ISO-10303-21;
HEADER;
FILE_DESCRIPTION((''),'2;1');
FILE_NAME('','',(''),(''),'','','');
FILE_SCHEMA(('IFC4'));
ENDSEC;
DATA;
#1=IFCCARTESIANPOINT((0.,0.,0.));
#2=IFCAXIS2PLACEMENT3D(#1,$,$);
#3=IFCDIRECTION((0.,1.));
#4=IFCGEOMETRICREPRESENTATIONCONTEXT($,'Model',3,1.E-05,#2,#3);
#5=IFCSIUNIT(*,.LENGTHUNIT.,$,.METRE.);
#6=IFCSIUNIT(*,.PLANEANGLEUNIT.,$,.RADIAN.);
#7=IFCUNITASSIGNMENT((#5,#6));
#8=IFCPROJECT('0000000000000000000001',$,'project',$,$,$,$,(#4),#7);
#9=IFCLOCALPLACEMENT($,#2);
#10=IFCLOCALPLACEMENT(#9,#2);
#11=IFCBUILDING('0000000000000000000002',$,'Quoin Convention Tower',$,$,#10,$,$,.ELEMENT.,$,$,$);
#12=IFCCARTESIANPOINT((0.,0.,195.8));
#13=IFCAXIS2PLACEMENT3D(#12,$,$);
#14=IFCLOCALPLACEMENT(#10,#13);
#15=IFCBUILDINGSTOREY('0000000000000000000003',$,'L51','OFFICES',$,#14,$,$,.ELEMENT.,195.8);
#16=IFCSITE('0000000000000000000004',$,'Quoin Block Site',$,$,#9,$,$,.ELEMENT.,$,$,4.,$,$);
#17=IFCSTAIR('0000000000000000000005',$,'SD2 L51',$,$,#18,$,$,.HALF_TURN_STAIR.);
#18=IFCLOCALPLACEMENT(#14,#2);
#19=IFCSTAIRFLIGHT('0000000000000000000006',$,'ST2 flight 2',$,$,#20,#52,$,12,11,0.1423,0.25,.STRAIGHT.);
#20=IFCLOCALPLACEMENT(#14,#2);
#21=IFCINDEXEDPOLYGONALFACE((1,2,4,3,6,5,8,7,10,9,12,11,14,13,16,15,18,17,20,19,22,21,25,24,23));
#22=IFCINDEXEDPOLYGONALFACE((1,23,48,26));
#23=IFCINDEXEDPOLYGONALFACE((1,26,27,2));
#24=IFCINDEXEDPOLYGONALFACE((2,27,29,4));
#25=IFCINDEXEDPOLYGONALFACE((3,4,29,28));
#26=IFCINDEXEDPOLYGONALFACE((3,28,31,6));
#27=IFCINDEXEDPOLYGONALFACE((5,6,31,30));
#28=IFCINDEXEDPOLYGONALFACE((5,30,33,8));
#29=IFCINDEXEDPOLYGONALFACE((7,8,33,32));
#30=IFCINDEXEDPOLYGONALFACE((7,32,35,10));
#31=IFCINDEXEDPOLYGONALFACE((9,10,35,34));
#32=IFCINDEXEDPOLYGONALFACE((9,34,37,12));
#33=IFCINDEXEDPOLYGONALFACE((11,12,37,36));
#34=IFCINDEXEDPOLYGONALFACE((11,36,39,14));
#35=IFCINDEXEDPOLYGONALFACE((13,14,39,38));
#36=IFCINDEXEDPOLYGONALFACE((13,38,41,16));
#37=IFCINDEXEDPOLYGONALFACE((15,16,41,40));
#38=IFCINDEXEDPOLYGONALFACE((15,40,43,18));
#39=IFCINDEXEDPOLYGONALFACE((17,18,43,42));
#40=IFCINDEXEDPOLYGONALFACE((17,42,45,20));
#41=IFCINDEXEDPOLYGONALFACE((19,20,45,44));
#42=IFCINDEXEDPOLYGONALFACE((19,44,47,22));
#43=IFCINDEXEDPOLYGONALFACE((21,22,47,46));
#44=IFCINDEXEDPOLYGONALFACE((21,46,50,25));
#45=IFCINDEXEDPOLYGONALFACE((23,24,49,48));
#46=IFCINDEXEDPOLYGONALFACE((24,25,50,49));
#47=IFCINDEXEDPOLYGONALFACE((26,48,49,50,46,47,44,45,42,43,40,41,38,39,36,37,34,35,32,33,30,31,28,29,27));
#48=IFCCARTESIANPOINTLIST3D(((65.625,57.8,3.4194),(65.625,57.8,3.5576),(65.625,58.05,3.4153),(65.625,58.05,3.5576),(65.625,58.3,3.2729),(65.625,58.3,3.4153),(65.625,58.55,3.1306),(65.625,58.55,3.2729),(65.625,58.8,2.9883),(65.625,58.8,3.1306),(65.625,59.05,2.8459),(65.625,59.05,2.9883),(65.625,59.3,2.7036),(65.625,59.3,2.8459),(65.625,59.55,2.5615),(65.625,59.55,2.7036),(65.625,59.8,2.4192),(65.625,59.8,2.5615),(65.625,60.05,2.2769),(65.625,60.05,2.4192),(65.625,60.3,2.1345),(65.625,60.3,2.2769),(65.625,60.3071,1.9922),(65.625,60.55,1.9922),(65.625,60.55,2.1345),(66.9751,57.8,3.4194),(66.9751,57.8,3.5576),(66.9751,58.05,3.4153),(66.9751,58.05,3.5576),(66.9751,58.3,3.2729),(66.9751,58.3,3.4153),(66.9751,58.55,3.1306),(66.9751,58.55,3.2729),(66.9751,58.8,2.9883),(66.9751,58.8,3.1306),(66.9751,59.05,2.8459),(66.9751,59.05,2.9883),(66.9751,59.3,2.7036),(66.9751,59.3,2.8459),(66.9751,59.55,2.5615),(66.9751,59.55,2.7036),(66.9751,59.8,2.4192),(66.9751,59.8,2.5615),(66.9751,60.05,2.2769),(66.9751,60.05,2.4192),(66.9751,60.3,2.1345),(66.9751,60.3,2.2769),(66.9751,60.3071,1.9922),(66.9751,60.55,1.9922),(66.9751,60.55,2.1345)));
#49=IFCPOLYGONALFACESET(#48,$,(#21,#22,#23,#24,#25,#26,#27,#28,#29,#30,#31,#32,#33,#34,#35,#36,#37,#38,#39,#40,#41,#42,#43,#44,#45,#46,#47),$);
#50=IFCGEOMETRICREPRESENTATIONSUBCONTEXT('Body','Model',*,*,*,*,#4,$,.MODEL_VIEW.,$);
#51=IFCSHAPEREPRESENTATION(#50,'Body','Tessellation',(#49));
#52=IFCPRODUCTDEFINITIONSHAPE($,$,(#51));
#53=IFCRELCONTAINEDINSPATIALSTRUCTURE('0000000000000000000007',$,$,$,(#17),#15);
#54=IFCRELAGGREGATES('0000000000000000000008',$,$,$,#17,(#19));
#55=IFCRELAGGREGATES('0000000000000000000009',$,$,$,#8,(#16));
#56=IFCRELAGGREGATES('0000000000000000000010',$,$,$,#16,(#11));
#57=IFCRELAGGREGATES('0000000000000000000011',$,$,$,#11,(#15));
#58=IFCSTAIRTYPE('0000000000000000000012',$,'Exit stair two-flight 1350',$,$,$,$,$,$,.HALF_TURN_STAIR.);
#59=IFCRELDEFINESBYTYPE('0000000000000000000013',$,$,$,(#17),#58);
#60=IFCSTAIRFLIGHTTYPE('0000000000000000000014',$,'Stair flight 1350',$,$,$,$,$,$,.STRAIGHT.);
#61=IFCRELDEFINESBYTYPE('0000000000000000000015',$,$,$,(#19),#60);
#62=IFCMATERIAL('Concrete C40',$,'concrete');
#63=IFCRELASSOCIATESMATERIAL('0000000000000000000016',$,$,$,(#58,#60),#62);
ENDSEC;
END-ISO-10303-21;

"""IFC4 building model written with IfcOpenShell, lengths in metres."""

from ifc_helpers import new_model, si_unit, direction, frame, origin, place, context, subcontext, project, spatial, polyline, outline, extrude, material, type_object, element, aggregate, save


model = new_model("IFC4")

# Units and contexts
model_context = context("Model", 3, precision=1e-05, world=origin(), true_north=direction((0.0, 1.0)))
body_context = subcontext(model_context, "Body", "Model", "MODEL_VIEW")
ifc_project = project(units=[si_unit("LENGTHUNIT", "METRE"), si_unit("PLANEANGLEUNIT", "RADIAN")], contexts=[model_context])

# Site, building, storey
site_placement = place(None, origin())
site = spatial("IfcSite", under=ifc_project, at=site_placement, Name="Quoin Block Site", CompositionType="ELEMENT", RefElevation=4.0)
building_placement = place(site_placement, origin())
building = spatial("IfcBuilding", under=site, at=building_placement, Name="Quoin Convention Tower", CompositionType="ELEMENT")
storey_placement = place(building_placement, frame((0.0, 0.0, 195.8)))
storey = spatial("IfcBuildingStorey", under=building, at=storey_placement, Name="L51", Description="OFFICES", CompositionType="ELEMENT", Elevation=195.8)

# Stair, stair flight
ifc_material_1 = material(Name="Concrete C40", Category="concrete")
stair_type = type_object("IfcStairType", Name="Exit stair two-flight 1350", PredefinedType="HALF_TURN_STAIR", material=ifc_material_1)
stair_placement = place(storey_placement, origin())
stair = element("IfcStair", 1, at=stair_placement, inside=storey, type_object=stair_type, Name="SD2 L51", PredefinedType="HALF_TURN_STAIR")
stair_flight_type = type_object("IfcStairFlightType", Name="Stair flight 1350", PredefinedType="STRAIGHT", material=ifc_material_1)
stair_flight_1_placement = place(storey_placement, frame((66.3, 60.55, 1.9922), z_axis=(0.0, 0.0, 1.0), x_axis=(0.0, -1.0, 0.0)))
stair_flight_1 = element("IfcStairFlight", 2, at=stair_flight_1_placement, type_object=stair_flight_type, Name="ST2 flight 2", NumberOfRisers=12, NumberOfTreads=11, PredefinedType="STRAIGHT", RiserHeight=0.1423, TreadLength=0.25, context=body_context, shape_type="SweptSolid", body=[
    extrude(outline(polyline([(0.0, 0.0), (0.0, 0.1423), (0.25, 0.1423), (0.25, 0.2847), (0.5, 0.2847), (0.5, 0.427), (0.75, 0.427), (0.75, 0.5693), (1.0, 0.5693), (1.0, 0.7114), (1.25, 0.7114), (1.25, 0.8538), (1.5, 0.8538), (1.5, 0.9961), (1.75, 0.9961), (1.75, 1.1384), (2.0, 1.1384), (2.0, 1.2808), (2.25, 1.2808), (2.25, 1.4231), (2.5, 1.4231), (2.5, 1.5654), (2.75, 1.5654), (2.75, 1.7078), (2.75, 1.4272), (0.2429, 0.0), (0.0, 0.0)])), frame((0.0, 0.675, 0.0), z_axis=(0.0, -1.0, 0.0), x_axis=(1.0, 0.0, 0.0)), (0.0, 0.0, 1.0), 1.3501),
])
aggregate(stair, [stair_flight_1])

save(model, "model.ifc")
